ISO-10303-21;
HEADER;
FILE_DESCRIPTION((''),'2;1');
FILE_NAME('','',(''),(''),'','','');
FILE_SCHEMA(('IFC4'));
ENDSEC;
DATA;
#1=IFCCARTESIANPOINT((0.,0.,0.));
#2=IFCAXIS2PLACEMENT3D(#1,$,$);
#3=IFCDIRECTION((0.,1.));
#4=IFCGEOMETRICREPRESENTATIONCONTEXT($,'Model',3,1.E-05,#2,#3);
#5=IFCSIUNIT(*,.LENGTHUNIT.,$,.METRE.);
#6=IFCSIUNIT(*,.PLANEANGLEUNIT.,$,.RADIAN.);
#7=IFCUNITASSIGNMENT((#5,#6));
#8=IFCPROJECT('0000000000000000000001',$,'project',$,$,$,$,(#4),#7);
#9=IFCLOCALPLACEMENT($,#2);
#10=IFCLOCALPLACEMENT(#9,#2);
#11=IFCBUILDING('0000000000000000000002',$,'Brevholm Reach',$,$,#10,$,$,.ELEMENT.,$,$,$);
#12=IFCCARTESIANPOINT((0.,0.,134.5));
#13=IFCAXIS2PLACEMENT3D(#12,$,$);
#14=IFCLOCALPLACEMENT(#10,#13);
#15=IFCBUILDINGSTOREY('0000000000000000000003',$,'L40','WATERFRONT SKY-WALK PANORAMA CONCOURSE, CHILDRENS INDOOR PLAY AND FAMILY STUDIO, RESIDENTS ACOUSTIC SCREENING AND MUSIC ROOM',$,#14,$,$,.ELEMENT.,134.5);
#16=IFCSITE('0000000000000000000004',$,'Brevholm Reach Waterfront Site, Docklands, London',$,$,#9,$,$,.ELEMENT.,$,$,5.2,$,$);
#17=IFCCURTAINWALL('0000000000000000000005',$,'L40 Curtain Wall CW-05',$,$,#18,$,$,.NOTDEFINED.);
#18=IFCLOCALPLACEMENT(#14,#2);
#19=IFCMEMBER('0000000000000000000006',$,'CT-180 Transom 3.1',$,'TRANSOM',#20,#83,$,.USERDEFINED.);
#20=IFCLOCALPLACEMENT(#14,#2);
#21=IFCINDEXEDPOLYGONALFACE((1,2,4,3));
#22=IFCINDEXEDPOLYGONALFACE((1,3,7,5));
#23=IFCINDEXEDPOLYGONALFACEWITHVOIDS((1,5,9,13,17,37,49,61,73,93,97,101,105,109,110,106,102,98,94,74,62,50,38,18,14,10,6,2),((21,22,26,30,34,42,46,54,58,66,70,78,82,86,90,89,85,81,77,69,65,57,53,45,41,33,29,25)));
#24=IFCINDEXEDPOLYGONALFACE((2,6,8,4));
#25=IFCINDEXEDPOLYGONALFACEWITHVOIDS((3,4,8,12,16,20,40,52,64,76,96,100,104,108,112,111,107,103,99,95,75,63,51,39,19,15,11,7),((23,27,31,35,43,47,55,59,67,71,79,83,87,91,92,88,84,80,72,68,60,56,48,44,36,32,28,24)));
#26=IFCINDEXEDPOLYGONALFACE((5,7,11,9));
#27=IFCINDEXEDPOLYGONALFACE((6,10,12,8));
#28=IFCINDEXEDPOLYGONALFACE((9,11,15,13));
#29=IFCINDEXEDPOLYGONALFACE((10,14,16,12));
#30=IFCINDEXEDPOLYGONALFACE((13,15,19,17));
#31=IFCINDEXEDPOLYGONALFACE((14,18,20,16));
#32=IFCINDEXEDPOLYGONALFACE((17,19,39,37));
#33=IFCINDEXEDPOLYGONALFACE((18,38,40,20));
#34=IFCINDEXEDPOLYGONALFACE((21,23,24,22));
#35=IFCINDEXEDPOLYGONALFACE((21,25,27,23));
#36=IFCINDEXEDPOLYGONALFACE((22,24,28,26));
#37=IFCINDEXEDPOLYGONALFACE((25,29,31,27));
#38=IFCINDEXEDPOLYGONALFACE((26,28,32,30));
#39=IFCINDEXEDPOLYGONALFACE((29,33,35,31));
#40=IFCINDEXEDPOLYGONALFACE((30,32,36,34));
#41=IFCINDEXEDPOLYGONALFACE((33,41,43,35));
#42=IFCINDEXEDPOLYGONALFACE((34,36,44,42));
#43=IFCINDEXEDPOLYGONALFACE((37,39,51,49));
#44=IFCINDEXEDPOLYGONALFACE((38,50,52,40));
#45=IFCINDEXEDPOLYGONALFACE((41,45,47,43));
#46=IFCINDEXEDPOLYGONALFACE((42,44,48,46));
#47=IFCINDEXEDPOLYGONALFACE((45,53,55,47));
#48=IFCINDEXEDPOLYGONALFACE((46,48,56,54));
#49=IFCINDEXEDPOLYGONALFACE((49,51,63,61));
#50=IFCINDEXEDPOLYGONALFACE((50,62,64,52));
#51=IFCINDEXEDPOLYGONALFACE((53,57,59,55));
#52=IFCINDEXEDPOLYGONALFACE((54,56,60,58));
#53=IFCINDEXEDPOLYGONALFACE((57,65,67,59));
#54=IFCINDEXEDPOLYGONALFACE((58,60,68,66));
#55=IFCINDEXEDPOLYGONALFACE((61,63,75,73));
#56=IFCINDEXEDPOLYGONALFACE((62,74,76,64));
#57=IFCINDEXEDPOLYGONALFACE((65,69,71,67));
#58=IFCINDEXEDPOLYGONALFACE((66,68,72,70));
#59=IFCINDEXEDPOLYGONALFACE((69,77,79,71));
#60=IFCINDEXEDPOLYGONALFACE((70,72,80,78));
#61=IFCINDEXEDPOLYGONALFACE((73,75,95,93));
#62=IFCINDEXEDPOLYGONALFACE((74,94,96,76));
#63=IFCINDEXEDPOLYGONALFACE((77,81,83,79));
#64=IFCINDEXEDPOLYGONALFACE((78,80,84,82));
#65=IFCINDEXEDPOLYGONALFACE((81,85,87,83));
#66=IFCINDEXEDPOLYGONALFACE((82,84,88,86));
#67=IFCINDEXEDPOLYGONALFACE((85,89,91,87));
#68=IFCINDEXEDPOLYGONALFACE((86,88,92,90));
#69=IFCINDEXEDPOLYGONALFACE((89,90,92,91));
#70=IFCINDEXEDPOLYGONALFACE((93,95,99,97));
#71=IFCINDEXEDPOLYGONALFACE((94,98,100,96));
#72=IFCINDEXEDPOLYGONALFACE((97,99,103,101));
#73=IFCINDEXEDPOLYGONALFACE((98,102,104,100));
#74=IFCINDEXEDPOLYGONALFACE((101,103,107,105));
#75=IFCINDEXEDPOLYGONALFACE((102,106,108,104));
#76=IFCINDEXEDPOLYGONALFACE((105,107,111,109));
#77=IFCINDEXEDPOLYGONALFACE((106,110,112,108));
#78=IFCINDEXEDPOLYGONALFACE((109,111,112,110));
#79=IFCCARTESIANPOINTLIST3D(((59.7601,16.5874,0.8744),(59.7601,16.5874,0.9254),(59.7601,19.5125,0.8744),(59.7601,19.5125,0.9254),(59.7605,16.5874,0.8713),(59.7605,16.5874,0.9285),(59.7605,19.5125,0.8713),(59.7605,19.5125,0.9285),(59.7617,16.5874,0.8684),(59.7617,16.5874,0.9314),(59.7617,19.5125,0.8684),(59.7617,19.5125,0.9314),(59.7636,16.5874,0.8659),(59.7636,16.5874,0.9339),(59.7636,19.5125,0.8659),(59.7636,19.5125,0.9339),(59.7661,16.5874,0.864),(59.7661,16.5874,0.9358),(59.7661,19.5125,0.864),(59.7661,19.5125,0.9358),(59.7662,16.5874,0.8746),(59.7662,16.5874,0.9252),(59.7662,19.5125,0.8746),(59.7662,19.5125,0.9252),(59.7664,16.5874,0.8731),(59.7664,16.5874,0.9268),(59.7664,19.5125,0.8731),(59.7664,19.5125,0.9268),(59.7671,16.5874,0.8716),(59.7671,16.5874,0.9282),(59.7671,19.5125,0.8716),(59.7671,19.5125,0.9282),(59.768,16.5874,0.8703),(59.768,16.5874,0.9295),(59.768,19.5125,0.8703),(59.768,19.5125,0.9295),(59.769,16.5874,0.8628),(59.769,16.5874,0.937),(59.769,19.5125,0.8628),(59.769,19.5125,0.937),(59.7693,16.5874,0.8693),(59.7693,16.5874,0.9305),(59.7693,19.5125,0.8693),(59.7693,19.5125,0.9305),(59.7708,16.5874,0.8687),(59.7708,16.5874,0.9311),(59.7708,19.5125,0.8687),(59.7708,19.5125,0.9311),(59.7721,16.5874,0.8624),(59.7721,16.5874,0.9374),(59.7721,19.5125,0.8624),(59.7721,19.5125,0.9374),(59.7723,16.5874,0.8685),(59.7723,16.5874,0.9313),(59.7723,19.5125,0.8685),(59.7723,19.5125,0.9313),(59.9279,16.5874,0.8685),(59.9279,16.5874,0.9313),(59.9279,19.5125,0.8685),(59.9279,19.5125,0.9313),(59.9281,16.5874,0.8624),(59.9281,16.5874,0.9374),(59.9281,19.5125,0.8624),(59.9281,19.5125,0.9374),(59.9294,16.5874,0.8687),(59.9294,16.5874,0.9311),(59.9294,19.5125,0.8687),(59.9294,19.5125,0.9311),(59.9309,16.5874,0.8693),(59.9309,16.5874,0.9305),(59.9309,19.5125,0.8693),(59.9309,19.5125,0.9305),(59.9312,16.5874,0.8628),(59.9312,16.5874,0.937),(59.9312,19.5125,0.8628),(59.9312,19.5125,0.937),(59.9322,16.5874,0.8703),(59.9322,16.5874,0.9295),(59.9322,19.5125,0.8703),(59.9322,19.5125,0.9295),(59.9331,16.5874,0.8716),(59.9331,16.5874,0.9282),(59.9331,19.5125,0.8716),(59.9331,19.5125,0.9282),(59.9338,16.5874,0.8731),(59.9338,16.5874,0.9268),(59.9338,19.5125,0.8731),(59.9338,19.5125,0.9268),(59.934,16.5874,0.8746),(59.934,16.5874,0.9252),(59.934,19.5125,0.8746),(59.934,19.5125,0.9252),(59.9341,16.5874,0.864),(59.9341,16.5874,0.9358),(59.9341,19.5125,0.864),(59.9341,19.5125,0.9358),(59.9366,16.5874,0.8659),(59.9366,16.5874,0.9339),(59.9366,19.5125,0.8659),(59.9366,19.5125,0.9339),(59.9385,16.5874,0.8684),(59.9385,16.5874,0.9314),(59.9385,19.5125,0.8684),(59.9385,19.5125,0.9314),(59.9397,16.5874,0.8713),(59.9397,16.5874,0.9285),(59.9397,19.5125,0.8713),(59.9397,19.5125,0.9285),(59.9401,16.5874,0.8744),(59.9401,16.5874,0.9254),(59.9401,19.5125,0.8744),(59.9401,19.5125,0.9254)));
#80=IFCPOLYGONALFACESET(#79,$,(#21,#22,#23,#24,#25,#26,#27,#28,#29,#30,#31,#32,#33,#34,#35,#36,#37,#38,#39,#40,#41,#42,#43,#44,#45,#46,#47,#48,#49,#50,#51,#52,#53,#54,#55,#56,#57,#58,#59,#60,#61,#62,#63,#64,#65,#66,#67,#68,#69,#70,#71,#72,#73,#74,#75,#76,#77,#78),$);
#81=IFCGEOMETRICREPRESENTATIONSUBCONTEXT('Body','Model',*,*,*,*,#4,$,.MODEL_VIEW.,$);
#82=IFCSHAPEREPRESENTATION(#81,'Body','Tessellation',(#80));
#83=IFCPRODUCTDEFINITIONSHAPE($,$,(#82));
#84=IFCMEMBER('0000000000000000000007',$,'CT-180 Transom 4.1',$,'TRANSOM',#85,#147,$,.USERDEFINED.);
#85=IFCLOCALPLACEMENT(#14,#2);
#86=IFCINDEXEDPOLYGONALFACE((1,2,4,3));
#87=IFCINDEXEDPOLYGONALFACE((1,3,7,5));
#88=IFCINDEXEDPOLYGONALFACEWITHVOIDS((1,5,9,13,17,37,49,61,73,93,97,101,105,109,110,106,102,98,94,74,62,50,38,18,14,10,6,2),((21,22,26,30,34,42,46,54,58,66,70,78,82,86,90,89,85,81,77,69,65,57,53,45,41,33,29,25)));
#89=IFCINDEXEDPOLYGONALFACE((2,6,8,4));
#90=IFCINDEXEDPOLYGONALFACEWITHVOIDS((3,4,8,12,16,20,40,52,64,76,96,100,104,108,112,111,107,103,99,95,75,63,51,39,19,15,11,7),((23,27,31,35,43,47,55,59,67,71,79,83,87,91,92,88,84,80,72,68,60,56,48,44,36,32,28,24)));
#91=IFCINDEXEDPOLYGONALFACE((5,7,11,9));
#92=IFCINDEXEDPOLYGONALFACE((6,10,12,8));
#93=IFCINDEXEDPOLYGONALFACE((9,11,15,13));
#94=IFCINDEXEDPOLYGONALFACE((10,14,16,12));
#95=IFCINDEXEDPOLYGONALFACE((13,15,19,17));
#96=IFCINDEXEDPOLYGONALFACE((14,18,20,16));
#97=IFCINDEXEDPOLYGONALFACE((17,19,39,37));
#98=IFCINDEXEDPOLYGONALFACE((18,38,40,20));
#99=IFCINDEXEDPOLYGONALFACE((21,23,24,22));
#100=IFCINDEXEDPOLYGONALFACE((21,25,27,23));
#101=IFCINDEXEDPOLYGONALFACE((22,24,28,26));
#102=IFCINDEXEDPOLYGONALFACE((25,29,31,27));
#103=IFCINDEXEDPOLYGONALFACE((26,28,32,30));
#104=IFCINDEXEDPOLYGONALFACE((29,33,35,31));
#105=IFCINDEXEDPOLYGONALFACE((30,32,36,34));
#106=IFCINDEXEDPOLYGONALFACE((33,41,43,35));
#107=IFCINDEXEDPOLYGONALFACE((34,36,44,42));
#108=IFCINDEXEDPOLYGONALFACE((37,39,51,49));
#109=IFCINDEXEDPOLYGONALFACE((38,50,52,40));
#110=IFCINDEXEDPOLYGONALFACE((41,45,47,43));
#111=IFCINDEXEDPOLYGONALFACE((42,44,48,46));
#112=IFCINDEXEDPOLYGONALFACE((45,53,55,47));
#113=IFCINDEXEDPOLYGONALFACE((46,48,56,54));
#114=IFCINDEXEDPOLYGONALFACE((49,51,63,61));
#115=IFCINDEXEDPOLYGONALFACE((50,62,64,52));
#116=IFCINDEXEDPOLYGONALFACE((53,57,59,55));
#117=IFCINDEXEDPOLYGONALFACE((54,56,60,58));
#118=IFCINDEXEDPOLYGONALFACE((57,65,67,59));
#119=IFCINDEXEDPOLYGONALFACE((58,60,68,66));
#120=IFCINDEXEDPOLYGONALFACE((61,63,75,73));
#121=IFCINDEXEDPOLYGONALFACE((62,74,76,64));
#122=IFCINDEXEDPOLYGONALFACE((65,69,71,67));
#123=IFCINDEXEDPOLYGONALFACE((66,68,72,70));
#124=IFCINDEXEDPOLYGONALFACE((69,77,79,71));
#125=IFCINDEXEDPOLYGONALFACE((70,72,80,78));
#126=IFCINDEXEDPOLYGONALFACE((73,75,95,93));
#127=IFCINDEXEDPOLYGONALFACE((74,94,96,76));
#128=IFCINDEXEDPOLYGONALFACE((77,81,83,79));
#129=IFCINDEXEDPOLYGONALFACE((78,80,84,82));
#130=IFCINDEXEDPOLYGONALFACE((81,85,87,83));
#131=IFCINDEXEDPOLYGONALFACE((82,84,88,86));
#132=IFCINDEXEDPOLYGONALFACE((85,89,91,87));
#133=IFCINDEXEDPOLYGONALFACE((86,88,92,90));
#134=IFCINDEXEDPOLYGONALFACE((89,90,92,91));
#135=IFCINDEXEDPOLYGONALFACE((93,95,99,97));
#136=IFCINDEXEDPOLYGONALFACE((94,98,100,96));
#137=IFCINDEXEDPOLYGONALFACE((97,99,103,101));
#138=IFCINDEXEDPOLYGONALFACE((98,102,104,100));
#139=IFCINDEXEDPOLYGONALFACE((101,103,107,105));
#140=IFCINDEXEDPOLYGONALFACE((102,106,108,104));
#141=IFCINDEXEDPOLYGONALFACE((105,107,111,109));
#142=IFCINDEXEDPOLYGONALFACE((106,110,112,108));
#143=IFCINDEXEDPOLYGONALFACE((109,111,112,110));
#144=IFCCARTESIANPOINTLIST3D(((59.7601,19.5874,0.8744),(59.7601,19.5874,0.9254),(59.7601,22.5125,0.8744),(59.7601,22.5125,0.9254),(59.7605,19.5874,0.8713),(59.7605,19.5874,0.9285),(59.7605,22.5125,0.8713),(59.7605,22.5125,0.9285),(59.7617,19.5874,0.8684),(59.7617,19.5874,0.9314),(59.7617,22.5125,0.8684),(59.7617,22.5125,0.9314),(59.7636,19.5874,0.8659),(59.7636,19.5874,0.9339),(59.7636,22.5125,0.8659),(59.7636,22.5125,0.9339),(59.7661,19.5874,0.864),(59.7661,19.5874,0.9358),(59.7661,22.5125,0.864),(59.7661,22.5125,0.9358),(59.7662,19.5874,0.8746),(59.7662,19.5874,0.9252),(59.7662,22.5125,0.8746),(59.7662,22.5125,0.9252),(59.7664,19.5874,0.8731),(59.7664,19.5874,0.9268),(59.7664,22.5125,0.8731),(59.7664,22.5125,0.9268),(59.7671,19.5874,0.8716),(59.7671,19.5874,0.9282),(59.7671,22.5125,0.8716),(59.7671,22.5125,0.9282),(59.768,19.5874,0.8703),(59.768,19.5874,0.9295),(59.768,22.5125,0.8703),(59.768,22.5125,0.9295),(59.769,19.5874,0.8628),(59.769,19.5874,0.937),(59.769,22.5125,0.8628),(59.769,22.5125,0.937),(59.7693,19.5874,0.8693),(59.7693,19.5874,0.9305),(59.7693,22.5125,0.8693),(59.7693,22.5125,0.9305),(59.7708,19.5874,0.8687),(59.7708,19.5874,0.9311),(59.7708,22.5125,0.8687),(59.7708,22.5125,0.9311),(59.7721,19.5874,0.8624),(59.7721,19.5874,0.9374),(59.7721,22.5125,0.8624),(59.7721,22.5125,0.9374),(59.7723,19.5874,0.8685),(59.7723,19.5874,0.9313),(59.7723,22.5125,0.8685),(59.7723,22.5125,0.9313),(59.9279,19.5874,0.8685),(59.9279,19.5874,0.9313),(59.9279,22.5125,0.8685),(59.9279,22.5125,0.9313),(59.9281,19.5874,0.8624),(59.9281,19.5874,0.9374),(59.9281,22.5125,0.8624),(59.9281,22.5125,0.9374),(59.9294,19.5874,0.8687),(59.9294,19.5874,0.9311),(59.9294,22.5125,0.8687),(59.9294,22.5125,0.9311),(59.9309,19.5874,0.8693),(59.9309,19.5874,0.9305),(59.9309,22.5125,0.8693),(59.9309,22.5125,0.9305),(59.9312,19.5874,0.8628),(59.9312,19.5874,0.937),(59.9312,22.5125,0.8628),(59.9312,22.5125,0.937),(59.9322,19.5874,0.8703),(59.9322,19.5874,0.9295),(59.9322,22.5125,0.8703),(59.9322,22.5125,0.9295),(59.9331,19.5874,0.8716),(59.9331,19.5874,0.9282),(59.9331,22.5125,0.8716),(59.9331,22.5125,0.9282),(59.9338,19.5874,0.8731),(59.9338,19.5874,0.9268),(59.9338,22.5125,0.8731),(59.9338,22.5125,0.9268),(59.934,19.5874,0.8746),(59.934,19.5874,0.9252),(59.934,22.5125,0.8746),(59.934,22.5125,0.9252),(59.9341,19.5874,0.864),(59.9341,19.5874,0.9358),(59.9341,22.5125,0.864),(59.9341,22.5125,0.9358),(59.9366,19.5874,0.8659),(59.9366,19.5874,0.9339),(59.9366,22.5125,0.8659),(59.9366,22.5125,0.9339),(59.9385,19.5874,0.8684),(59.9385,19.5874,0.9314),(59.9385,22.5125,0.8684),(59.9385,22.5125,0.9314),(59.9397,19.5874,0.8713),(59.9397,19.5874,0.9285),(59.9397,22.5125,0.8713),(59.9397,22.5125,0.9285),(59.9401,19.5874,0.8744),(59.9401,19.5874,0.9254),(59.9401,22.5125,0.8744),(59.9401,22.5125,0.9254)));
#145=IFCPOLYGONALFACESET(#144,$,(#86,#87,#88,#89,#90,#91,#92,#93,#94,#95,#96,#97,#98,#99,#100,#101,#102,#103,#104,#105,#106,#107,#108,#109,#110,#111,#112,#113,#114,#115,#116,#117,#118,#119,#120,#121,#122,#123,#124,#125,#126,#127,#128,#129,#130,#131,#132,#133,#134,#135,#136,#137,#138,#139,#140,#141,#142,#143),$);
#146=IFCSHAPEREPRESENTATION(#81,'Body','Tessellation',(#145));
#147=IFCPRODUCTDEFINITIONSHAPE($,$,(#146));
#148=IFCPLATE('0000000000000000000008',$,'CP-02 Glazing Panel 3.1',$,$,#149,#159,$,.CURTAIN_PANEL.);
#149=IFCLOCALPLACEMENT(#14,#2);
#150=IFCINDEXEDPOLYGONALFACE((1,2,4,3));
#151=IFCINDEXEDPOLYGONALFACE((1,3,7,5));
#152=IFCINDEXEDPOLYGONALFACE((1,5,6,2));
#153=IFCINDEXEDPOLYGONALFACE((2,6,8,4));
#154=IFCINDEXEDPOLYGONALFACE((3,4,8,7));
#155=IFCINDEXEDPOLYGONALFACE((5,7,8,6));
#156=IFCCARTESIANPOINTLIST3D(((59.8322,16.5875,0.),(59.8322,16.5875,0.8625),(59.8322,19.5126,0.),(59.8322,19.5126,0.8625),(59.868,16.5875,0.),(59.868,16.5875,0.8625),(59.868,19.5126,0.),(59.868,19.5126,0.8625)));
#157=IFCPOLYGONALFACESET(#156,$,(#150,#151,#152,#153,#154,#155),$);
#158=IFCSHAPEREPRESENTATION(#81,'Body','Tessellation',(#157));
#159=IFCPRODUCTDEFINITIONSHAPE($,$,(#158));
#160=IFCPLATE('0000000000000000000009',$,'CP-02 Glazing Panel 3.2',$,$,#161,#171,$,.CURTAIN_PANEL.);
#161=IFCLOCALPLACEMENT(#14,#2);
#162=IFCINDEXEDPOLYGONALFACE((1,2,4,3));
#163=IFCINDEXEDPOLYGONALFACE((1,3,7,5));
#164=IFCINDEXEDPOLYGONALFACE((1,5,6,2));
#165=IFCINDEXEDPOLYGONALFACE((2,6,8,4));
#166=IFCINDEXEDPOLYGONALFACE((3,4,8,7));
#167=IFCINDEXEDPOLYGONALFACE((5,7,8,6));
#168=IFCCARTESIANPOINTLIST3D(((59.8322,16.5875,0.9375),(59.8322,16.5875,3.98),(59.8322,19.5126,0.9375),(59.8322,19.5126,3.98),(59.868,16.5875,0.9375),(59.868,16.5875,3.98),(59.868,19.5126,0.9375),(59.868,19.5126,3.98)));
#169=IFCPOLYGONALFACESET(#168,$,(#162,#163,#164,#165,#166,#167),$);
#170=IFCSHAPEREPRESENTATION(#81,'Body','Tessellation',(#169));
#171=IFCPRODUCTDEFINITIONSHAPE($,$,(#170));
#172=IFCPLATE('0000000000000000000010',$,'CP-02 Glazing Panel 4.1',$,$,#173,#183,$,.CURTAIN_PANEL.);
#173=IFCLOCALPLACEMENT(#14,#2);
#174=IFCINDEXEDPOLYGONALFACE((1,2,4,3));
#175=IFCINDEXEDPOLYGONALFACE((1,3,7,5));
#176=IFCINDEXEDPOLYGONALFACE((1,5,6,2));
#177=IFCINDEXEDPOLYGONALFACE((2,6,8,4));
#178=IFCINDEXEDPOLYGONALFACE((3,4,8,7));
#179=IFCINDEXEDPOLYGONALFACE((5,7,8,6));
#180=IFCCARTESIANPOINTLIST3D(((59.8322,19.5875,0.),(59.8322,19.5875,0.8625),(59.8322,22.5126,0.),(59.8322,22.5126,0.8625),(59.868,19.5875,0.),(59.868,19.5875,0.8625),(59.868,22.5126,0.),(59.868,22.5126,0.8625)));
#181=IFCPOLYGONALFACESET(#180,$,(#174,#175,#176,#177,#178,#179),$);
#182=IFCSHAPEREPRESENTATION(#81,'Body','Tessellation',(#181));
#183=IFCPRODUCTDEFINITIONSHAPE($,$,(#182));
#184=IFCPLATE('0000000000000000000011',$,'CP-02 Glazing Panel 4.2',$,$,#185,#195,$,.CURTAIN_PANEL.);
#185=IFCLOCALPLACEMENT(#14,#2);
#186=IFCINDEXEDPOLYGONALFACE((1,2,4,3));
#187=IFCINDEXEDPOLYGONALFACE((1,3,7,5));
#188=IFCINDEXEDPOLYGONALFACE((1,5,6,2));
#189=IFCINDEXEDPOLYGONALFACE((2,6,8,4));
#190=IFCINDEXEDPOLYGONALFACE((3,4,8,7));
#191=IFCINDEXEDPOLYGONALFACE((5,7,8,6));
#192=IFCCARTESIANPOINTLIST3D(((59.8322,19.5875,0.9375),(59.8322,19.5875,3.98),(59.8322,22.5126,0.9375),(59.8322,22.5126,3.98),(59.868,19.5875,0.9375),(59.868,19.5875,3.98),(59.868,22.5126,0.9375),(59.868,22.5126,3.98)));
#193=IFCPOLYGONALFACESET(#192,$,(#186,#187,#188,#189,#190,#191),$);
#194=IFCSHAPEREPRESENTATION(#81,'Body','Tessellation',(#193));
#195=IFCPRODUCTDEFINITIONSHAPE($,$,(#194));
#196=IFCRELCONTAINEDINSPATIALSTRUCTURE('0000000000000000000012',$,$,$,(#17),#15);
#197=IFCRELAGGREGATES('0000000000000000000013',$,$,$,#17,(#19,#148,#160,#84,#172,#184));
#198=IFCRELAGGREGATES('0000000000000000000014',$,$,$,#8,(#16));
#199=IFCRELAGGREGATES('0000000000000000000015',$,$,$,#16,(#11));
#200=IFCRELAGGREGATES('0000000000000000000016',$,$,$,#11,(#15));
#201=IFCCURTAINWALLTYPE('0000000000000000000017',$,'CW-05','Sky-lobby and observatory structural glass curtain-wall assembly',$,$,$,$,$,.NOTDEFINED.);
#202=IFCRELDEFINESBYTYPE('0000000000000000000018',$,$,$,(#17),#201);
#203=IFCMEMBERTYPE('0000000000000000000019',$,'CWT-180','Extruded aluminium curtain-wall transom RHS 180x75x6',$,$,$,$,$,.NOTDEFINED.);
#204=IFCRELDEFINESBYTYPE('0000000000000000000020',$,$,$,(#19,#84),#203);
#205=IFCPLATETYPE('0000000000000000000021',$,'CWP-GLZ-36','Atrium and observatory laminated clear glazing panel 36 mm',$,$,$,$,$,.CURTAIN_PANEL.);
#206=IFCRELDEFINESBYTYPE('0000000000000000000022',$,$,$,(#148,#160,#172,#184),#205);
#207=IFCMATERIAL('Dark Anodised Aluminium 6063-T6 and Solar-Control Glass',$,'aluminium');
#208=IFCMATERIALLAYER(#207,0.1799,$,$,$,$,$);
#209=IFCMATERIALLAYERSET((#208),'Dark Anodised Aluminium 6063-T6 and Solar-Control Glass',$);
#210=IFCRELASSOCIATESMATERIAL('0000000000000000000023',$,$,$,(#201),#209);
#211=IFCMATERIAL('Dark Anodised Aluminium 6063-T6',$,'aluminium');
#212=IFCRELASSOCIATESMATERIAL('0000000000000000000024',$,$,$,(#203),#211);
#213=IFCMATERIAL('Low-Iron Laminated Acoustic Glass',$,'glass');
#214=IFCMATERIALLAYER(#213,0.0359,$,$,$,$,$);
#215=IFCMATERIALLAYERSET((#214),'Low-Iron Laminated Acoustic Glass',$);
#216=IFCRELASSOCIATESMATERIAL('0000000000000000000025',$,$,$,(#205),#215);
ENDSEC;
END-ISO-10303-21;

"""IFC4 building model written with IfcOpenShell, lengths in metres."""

from ifc_helpers import new_model, si_unit, direction, frame, origin, origin_2d, place, context, subcontext, project, spatial, rectangle, hollow_rectangle, extrude, material, layer, layer_set, material_profile, profile_set, type_object, element, aggregate, save


model = new_model("IFC4")

# Units and contexts
model_context = context("Model", 3, precision=1e-05, world=origin(), true_north=direction((0.0, 1.0)))
body_context = subcontext(model_context, "Body", "Model", "MODEL_VIEW")
ifc_project = project(units=[si_unit("LENGTHUNIT", "METRE"), si_unit("PLANEANGLEUNIT", "RADIAN")], contexts=[model_context])

# Site, building, storey
site_placement = place(None, origin())
site = spatial("IfcSite", under=ifc_project, at=site_placement, Name="Brevholm Reach Waterfront Site, Docklands, London", CompositionType="ELEMENT", RefElevation=5.2)
building_placement = place(site_placement, origin())
building = spatial("IfcBuilding", under=site, at=building_placement, Name="Brevholm Reach", CompositionType="ELEMENT")
storey_placement = place(building_placement, frame((0.0, 0.0, 134.5)))
storey = spatial("IfcBuildingStorey", under=building, at=storey_placement, Name="L40", Description="WATERFRONT SKY-WALK PANORAMA CONCOURSE, CHILDRENS INDOOR PLAY AND FAMILY STUDIO, RESIDENTS ACOUSTIC SCREENING AND MUSIC ROOM", CompositionType="ELEMENT", Elevation=134.5)

# Curtain wall, members, plates
ifc_material_1 = material(Name="Dark Anodised Aluminium 6063-T6 and Solar-Control Glass", Category="aluminium")
ifc_layer_1 = layer(ifc_material_1, 0.1799)
ifc_layer_set_1 = layer_set([ifc_layer_1], Name="Dark Anodised Aluminium 6063-T6 and Solar-Control Glass")
curtain_wall_type = type_object("IfcCurtainWallType", Name="CW-05", Description="Sky-lobby and observatory structural glass curtain-wall assembly", PredefinedType="NOTDEFINED", material=ifc_layer_set_1)
curtain_wall_placement = place(storey_placement, origin())
curtain_wall = element("IfcCurtainWall", 1, at=curtain_wall_placement, inside=storey, type_object=curtain_wall_type, Name="L40 Curtain Wall CW-05", PredefinedType="NOTDEFINED")
ifc_material_2 = material(Name="Dark Anodised Aluminium 6063-T6", Category="aluminium")
ifc_material_profile_1 = material_profile(ifc_material_2, hollow_rectangle(XDim=0.075, YDim=0.1799, WallThickness=0.0061, InnerFilletRadius=0.0061, OuterFilletRadius=0.012, at=origin_2d()), Name="RHS 180x75x6")
ifc_profile_set_1 = profile_set([ifc_material_profile_1], Name="Dark Anodised Aluminium 6063-T6")
member_type_1 = type_object("IfcMemberType", Name="CWT-180", Description="Extruded aluminium curtain-wall transom RHS 180x75x6", PredefinedType="NOTDEFINED", material=ifc_profile_set_1)
member_1_placement = place(storey_placement, frame((59.8501, 16.5874, 0.8999), z_axis=(0.0, 1.0, 0.0), x_axis=(0.0, 0.0, 1.0)))
member_1 = element("IfcMember", 2, at=member_1_placement, type_object=member_type_1, Name="CT-180 Transom 3.1", ObjectType="TRANSOM", PredefinedType="USERDEFINED", context=body_context, shape_type="SweptSolid", body=[
    extrude(hollow_rectangle(XDim=0.075, YDim=0.1799, WallThickness=0.0061, InnerFilletRadius=0.0061, OuterFilletRadius=0.012, at=origin_2d()), origin(), (0.0, 0.0, 1.0), 2.925),
])
member_2_placement = place(storey_placement, frame((59.8501, 19.5874, 0.8999), z_axis=(0.0, 1.0, 0.0), x_axis=(0.0, 0.0, 1.0)))
member_2 = element("IfcMember", 3, at=member_2_placement, type_object=member_type_1, Name="CT-180 Transom 4.1", ObjectType="TRANSOM", PredefinedType="USERDEFINED", context=body_context, shape_type="SweptSolid", body=[
    extrude(hollow_rectangle(XDim=0.075, YDim=0.1799, WallThickness=0.0061, InnerFilletRadius=0.0061, OuterFilletRadius=0.012, at=origin_2d()), origin(), (0.0, 0.0, 1.0), 2.925),
])
ifc_material_3 = material(Name="Low-Iron Laminated Acoustic Glass", Category="glass")
ifc_layer_2 = layer(ifc_material_3, 0.0359)
ifc_layer_set_2 = layer_set([ifc_layer_2], Name="Low-Iron Laminated Acoustic Glass")
plate_type = type_object("IfcPlateType", Name="CWP-GLZ-36", Description="Atrium and observatory laminated clear glazing panel 36 mm", PredefinedType="CURTAIN_PANEL", material=ifc_layer_set_2)
plate_1_placement = place(storey_placement, frame((59.8501, 18.05, 0.0), z_axis=(0.0, 0.0, 1.0), x_axis=(0.0, 1.0, 0.0)))
plate_1 = element("IfcPlate", 4, at=plate_1_placement, type_object=plate_type, Name="CP-02 Glazing Panel 3.1", PredefinedType="CURTAIN_PANEL", context=body_context, shape_type="SweptSolid", body=[
    extrude(rectangle(XDim=2.925, YDim=0.0359, at=origin_2d()), origin(), (0.0, 0.0, 1.0), 0.8625),
])
plate_2_placement = place(storey_placement, frame((59.8501, 18.05, 0.9375), z_axis=(0.0, 0.0, 1.0), x_axis=(0.0, 1.0, 0.0)))
plate_2 = element("IfcPlate", 5, at=plate_2_placement, type_object=plate_type, Name="CP-02 Glazing Panel 3.2", PredefinedType="CURTAIN_PANEL", context=body_context, shape_type="SweptSolid", body=[
    extrude(rectangle(XDim=2.925, YDim=0.0359, at=origin_2d()), origin(), (0.0, 0.0, 1.0), 3.0425),
])
plate_3_placement = place(storey_placement, frame((59.8501, 21.05, 0.0), z_axis=(0.0, 0.0, 1.0), x_axis=(0.0, 1.0, 0.0)))
plate_3 = element("IfcPlate", 6, at=plate_3_placement, type_object=plate_type, Name="CP-02 Glazing Panel 4.1", PredefinedType="CURTAIN_PANEL", context=body_context, shape_type="SweptSolid", body=[
    extrude(rectangle(XDim=2.925, YDim=0.0359, at=origin_2d()), origin(), (0.0, 0.0, 1.0), 0.8625),
])
plate_4_placement = place(storey_placement, frame((59.8501, 21.05, 0.9375), z_axis=(0.0, 0.0, 1.0), x_axis=(0.0, 1.0, 0.0)))
plate_4 = element("IfcPlate", 7, at=plate_4_placement, type_object=plate_type, Name="CP-02 Glazing Panel 4.2", PredefinedType="CURTAIN_PANEL", context=body_context, shape_type="SweptSolid", body=[
    extrude(rectangle(XDim=2.925, YDim=0.0359, at=origin_2d()), origin(), (0.0, 0.0, 1.0), 3.0425),
])
aggregate(curtain_wall, [member_1, plate_1, plate_2, member_2, plate_3, plate_4])

save(model, "model.ifc")
